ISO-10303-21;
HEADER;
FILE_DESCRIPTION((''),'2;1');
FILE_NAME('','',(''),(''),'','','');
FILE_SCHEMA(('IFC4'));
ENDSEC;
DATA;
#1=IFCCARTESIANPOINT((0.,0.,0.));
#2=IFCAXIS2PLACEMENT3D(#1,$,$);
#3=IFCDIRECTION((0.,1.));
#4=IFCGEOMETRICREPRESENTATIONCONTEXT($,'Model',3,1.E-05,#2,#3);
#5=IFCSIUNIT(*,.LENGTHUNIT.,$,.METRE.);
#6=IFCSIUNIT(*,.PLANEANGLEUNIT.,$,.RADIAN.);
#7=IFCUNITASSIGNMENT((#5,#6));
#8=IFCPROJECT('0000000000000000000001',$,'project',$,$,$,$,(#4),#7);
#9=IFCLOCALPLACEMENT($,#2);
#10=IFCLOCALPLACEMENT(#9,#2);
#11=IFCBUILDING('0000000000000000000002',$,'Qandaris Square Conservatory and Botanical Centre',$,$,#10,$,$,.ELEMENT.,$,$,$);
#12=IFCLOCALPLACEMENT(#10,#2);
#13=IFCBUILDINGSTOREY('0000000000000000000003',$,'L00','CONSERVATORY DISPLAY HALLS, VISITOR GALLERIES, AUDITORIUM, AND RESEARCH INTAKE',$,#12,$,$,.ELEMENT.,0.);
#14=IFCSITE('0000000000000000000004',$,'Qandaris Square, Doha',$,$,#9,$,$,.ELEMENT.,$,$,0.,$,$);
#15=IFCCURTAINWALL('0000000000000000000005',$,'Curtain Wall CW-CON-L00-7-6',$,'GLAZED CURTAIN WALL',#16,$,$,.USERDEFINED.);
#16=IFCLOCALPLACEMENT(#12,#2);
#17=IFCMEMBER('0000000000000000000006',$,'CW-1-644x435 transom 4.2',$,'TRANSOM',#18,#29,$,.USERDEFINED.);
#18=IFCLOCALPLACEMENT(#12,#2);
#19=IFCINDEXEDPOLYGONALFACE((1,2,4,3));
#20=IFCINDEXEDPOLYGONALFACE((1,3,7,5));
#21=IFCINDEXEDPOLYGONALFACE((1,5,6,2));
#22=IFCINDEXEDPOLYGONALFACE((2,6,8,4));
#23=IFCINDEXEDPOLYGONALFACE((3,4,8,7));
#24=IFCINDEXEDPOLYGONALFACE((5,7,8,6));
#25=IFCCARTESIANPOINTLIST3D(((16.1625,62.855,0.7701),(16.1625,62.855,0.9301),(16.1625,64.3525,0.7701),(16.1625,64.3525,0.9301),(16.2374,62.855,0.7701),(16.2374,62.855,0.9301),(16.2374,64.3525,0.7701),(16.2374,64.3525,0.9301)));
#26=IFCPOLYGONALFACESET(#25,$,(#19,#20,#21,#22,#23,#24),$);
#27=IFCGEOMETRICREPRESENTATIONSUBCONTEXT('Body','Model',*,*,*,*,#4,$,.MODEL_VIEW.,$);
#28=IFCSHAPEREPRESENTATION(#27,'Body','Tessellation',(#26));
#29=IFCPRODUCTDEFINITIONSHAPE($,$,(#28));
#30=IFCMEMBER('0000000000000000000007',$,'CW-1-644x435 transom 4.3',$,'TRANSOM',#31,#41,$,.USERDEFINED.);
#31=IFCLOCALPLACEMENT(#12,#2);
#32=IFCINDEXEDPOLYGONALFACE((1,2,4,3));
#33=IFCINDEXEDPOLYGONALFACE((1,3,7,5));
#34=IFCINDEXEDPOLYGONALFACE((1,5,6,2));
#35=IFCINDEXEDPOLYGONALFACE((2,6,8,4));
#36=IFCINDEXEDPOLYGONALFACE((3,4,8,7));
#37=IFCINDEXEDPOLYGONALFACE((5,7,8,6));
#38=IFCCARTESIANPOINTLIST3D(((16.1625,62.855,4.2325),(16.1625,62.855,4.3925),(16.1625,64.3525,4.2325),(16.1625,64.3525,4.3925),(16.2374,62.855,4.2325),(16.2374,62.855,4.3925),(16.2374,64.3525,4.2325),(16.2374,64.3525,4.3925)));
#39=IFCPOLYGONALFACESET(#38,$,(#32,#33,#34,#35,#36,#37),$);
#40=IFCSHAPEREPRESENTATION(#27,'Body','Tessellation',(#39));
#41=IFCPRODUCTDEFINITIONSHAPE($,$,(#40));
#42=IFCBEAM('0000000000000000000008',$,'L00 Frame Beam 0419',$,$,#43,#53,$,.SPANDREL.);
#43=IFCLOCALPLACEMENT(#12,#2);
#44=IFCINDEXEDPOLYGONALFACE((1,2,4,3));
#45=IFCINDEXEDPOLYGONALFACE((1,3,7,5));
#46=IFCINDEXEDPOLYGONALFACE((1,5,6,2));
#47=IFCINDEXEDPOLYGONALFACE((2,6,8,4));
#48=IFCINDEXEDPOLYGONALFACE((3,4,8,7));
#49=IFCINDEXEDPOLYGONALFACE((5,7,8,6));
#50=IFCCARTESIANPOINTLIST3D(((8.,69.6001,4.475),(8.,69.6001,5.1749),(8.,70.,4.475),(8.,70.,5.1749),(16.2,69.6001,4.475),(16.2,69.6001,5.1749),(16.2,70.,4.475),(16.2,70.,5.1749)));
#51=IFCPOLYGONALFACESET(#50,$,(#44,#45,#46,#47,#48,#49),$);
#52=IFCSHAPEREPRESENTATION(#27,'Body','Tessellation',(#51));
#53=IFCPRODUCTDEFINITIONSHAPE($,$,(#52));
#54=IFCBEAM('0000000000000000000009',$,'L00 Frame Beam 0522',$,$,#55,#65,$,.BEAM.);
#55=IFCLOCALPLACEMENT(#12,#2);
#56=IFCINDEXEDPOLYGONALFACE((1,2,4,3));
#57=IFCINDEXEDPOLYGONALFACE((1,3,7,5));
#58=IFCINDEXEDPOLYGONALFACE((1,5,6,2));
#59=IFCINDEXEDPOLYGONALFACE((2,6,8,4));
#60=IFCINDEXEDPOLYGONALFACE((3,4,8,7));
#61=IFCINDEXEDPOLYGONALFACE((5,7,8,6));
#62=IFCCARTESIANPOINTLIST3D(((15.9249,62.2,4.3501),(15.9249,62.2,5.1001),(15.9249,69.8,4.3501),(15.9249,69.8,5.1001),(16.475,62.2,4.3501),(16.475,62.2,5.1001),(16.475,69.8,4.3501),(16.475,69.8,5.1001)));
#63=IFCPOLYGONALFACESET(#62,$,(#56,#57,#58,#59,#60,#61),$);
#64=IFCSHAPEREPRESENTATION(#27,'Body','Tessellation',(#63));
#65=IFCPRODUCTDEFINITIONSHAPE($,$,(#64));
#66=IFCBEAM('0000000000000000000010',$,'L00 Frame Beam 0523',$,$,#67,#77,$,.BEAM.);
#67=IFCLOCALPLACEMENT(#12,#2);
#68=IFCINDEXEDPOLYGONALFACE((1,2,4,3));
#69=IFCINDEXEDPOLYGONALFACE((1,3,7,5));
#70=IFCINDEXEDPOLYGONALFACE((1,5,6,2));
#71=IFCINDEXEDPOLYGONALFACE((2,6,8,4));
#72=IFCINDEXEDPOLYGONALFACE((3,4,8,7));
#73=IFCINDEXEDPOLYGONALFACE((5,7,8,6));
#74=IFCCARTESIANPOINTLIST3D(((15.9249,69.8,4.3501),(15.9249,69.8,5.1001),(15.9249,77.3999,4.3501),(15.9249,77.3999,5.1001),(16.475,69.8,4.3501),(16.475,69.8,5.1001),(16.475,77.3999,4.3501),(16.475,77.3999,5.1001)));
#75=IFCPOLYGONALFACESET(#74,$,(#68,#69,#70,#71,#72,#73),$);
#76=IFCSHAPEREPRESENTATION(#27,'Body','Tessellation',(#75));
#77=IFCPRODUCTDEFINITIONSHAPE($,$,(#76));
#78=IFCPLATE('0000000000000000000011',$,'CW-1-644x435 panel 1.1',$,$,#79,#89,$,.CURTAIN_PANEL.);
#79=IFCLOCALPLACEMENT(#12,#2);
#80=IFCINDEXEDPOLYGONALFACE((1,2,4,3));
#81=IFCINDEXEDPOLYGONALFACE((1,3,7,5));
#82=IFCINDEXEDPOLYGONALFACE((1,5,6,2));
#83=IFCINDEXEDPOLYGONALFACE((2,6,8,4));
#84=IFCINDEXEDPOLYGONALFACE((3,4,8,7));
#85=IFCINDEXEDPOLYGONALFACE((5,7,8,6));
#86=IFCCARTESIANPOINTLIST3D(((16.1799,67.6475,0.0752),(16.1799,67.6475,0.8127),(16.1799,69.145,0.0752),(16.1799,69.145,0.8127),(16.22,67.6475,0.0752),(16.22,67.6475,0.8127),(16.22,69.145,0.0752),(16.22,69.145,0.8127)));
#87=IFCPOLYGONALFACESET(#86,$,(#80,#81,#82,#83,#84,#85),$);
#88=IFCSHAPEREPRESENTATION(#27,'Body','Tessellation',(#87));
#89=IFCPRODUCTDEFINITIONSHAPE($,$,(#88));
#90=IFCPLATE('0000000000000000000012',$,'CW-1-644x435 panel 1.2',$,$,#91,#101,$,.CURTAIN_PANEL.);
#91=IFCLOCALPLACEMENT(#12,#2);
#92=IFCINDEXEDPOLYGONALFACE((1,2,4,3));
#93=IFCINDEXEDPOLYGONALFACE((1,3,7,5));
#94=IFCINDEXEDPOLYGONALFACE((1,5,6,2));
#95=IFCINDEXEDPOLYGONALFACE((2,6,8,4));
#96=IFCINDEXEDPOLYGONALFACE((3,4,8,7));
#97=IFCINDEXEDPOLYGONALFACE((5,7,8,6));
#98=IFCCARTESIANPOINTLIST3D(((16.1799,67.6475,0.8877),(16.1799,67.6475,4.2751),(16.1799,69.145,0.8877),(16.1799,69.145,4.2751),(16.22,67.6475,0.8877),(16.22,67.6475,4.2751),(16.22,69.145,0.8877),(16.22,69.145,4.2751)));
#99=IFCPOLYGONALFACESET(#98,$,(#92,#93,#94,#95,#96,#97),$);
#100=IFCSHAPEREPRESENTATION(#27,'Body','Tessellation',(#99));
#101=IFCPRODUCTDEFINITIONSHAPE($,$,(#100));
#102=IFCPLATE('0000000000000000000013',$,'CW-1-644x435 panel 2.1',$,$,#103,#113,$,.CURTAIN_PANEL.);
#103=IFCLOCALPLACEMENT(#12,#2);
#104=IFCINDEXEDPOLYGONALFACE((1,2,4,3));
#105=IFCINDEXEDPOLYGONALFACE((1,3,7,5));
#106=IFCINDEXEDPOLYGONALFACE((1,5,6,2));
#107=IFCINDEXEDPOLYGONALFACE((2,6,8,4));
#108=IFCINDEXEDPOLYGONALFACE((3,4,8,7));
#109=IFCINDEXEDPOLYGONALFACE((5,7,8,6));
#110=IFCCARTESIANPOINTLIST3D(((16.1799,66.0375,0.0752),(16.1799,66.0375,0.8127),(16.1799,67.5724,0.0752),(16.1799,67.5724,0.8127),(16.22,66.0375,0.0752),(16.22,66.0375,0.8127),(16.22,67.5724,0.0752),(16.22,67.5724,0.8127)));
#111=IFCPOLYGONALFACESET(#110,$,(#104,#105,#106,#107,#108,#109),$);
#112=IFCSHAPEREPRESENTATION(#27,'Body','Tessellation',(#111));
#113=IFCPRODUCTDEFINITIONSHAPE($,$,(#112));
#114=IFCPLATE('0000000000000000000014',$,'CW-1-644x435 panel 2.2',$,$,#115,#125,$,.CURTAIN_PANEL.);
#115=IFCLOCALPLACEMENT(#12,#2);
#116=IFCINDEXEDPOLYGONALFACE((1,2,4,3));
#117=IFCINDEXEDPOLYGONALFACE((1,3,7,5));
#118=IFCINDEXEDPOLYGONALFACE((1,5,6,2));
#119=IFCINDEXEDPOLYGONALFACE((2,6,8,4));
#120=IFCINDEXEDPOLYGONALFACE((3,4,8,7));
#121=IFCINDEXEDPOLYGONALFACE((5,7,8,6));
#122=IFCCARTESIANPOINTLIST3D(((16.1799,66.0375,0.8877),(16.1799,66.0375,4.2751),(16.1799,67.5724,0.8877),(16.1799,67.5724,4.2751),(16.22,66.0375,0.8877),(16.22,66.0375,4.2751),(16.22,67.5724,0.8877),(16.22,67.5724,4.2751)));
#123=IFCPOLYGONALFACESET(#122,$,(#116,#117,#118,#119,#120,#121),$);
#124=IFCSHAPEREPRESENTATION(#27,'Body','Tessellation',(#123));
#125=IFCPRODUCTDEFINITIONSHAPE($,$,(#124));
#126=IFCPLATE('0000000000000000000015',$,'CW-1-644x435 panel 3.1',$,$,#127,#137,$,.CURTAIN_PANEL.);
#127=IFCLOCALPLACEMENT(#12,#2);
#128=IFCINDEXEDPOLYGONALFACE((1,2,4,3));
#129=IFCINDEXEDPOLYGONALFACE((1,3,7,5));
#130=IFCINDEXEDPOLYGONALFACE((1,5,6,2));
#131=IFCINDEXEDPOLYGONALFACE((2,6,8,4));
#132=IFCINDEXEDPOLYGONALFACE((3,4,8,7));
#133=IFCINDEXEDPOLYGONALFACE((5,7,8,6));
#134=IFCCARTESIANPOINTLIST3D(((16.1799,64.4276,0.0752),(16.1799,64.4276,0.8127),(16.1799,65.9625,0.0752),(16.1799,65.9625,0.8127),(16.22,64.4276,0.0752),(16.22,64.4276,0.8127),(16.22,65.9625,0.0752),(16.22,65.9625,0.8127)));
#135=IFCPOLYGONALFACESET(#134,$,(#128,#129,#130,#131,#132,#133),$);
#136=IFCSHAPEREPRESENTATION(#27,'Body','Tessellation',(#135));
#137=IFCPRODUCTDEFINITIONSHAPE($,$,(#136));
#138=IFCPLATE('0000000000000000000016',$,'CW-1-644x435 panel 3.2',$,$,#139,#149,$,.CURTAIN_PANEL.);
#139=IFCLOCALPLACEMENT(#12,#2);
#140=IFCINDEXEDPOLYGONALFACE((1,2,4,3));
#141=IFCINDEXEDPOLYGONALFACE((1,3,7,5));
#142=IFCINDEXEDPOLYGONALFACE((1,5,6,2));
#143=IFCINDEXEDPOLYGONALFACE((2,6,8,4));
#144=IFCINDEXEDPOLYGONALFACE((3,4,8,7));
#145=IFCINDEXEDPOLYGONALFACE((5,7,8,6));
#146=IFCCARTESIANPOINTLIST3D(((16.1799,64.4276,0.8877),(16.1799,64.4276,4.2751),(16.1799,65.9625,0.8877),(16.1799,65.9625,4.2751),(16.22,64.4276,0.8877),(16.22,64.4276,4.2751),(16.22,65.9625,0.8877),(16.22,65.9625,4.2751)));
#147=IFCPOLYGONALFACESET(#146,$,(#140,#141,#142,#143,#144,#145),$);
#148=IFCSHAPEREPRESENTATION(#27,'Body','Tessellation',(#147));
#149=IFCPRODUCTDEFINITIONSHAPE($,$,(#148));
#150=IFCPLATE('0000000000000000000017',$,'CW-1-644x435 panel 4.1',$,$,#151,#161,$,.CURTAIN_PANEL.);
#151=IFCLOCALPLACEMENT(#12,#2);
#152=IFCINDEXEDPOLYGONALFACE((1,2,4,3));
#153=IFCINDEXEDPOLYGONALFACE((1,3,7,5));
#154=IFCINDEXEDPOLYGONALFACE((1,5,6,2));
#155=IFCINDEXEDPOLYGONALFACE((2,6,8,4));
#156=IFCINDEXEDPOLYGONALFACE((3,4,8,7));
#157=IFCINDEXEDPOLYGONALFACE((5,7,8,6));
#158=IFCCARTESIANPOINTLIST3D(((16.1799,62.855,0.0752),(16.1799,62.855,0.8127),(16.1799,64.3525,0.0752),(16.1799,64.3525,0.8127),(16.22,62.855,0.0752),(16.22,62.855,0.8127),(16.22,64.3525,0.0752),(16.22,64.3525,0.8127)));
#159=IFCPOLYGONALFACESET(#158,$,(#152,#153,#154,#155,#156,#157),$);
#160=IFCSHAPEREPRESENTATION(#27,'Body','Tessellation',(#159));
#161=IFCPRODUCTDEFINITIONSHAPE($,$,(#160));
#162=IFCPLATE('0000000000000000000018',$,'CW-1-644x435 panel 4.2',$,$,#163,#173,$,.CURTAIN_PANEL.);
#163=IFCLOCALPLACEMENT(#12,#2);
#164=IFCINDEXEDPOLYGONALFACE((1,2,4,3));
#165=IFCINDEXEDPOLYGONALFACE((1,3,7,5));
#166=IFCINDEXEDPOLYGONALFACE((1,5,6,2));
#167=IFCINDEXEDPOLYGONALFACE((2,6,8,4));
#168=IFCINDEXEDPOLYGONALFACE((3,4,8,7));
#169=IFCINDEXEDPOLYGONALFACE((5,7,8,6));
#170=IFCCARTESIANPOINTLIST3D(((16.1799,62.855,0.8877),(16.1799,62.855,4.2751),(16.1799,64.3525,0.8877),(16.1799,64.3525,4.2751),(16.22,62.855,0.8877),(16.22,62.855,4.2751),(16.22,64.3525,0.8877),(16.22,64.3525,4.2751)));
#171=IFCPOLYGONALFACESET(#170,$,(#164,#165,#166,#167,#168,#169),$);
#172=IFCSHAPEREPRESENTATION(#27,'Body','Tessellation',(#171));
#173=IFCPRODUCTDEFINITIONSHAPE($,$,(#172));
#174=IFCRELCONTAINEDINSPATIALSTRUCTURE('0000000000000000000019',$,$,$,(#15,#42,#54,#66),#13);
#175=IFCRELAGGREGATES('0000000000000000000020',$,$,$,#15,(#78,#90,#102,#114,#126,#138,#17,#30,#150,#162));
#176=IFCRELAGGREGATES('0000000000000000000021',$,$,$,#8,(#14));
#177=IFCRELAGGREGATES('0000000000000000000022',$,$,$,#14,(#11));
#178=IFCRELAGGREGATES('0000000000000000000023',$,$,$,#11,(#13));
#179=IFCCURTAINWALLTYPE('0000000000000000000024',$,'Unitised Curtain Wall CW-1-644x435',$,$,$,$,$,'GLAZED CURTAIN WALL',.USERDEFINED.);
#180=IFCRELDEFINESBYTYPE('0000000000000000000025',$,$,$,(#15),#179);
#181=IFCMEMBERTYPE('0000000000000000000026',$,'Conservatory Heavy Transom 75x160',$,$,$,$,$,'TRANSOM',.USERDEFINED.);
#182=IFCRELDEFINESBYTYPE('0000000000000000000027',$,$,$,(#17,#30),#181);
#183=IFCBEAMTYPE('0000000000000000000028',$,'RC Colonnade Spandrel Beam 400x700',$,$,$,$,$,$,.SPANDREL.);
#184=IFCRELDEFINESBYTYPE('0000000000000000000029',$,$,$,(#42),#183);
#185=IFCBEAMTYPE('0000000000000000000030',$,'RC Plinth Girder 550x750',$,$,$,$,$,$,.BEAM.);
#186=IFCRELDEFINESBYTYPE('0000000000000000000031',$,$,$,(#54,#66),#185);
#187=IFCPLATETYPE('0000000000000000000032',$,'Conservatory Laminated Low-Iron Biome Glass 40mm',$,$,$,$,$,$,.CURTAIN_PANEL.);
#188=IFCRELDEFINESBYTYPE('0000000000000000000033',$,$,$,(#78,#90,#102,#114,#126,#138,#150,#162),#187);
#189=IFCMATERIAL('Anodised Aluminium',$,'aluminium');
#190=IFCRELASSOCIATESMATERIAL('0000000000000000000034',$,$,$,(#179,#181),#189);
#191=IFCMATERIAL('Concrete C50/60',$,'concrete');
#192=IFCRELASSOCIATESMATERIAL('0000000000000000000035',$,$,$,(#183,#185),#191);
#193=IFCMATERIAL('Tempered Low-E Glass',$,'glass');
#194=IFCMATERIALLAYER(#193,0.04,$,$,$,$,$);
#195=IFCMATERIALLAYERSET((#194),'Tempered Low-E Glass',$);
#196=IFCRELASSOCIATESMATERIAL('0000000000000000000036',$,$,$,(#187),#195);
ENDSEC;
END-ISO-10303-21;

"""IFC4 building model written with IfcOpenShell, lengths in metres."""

from ifc_helpers import new_model, si_unit, direction, frame, origin, origin_2d, place, context, subcontext, project, spatial, rectangle, extrude, material, layer, layer_set, material_profile, profile_set, type_object, element, aggregate, save


model = new_model("IFC4")

# Units and contexts
model_context = context("Model", 3, precision=1e-05, world=origin(), true_north=direction((0.0, 1.0)))
body_context = subcontext(model_context, "Body", "Model", "MODEL_VIEW")
ifc_project = project(units=[si_unit("LENGTHUNIT", "METRE"), si_unit("PLANEANGLEUNIT", "RADIAN")], contexts=[model_context])

# Site, building, storey
site_placement = place(None, origin())
site = spatial("IfcSite", under=ifc_project, at=site_placement, Name="Qandaris Square, Doha", CompositionType="ELEMENT", RefElevation=0.0)
building_placement = place(site_placement, origin())
building = spatial("IfcBuilding", under=site, at=building_placement, Name="Qandaris Square Conservatory and Botanical Centre", CompositionType="ELEMENT")
storey_placement = place(building_placement, origin())
storey = spatial("IfcBuildingStorey", under=building, at=storey_placement, Name="L00", Description="CONSERVATORY DISPLAY HALLS, VISITOR GALLERIES, AUDITORIUM, AND RESEARCH INTAKE", CompositionType="ELEMENT", Elevation=0.0)

# Shared definitions
ifc_material_1 = material(Name="Concrete C50/60", Category="concrete")

# Curtain wall, members
ifc_material_2 = material(Name="Anodised Aluminium", Category="aluminium")
curtain_wall_type = type_object("IfcCurtainWallType", Name="Unitised Curtain Wall CW-1-644x435", ElementType="GLAZED CURTAIN WALL", PredefinedType="USERDEFINED", material=ifc_material_2)
curtain_wall_placement = place(storey_placement, origin())
curtain_wall = element("IfcCurtainWall", 1, at=curtain_wall_placement, inside=storey, type_object=curtain_wall_type, Name="Curtain Wall CW-CON-L00-7-6", ObjectType="GLAZED CURTAIN WALL", PredefinedType="USERDEFINED")
ifc_material_profile_1 = material_profile(ifc_material_2, rectangle(XDim=0.075, YDim=0.1599, at=origin_2d()), Name="ALU-TRN 75x160")
ifc_profile_set_1 = profile_set([ifc_material_profile_1], Name="Anodised Aluminium")
member_type_1 = type_object("IfcMemberType", Name="Conservatory Heavy Transom 75x160", ElementType="TRANSOM", PredefinedType="USERDEFINED", material=ifc_profile_set_1)
member_1_placement = place(storey_placement, frame((16.2, 64.3525, 0.8501), z_axis=(0.0, -1.0, 0.0), x_axis=(1.0, 0.0, 0.0)))
member_1 = element("IfcMember", 2, at=member_1_placement, type_object=member_type_1, Name="CW-1-644x435 transom 4.2", ObjectType="TRANSOM", PredefinedType="USERDEFINED", context=body_context, shape_type="SweptSolid", body=[
    extrude(rectangle(XDim=0.075, YDim=0.1599, at=origin_2d()), origin(), (0.0, 0.0, 1.0), 1.4976),
])
member_2_placement = place(storey_placement, frame((16.2, 64.3525, 4.3125), z_axis=(0.0, -1.0, 0.0), x_axis=(1.0, 0.0, 0.0)))
member_2 = element("IfcMember", 3, at=member_2_placement, type_object=member_type_1, Name="CW-1-644x435 transom 4.3", ObjectType="TRANSOM", PredefinedType="USERDEFINED", context=body_context, shape_type="SweptSolid", body=[
    extrude(rectangle(XDim=0.075, YDim=0.1599, at=origin_2d()), origin(), (0.0, 0.0, 1.0), 1.4976),
])

# Beams
ifc_material_profile_2 = material_profile(ifc_material_1, rectangle(XDim=0.3999, YDim=0.7, at=origin_2d()), Name="RC-SP 400x700")
ifc_profile_set_2 = profile_set([ifc_material_profile_2], Name="Concrete C50/60")
beam_type_1 = type_object("IfcBeamType", Name="RC Colonnade Spandrel Beam 400x700", PredefinedType="SPANDREL", material=ifc_profile_set_2)
beam_1_placement = place(storey_placement, frame((8.0, 69.8, 4.825), z_axis=(1.0, 0.0, 0.0), x_axis=(0.0, 1.0, 0.0)))
element("IfcBeam", 4, at=beam_1_placement, inside=storey, type_object=beam_type_1, Name="L00 Frame Beam 0419", PredefinedType="SPANDREL", context=body_context, shape_type="SweptSolid", body=[
    extrude(rectangle(XDim=0.3999, YDim=0.7, at=origin_2d()), origin(), (0.0, 0.0, 1.0), 8.2),
])
ifc_material_profile_3 = material_profile(ifc_material_1, rectangle(XDim=0.55, YDim=0.75, at=origin_2d()), Name="RC-BM 550x750")
ifc_profile_set_3 = profile_set([ifc_material_profile_3], Name="Concrete C50/60")
beam_type_2 = type_object("IfcBeamType", Name="RC Plinth Girder 550x750", PredefinedType="BEAM", material=ifc_profile_set_3)
beam_2_placement = place(storey_placement, frame((16.2, 62.2, 4.7251), z_axis=(0.0, 1.0, 0.0), x_axis=(-1.0, 0.0, 0.0)))
element("IfcBeam", 5, at=beam_2_placement, inside=storey, type_object=beam_type_2, Name="L00 Frame Beam 0522", PredefinedType="BEAM", context=body_context, shape_type="SweptSolid", body=[
    extrude(rectangle(XDim=0.55, YDim=0.75, at=origin_2d()), origin(), (0.0, 0.0, 1.0), 7.6001),
])
beam_3_placement = place(storey_placement, frame((16.2, 69.8, 4.7251), z_axis=(0.0, 1.0, 0.0), x_axis=(-1.0, 0.0, 0.0)))
element("IfcBeam", 6, at=beam_3_placement, inside=storey, type_object=beam_type_2, Name="L00 Frame Beam 0523", PredefinedType="BEAM", context=body_context, shape_type="SweptSolid", body=[
    extrude(rectangle(XDim=0.55, YDim=0.75, at=origin_2d()), origin(), (0.0, 0.0, 1.0), 7.5999),
])

# Plates
ifc_material_3 = material(Name="Tempered Low-E Glass", Category="glass")
ifc_layer = layer(ifc_material_3, 0.04)
ifc_layer_set = layer_set([ifc_layer], Name="Tempered Low-E Glass")
plate_type = type_object("IfcPlateType", Name="Conservatory Laminated Low-Iron Biome Glass 40mm", PredefinedType="CURTAIN_PANEL", material=ifc_layer_set)
plate_1_placement = place(storey_placement, frame((16.2, 68.3962, 0.0752), z_axis=(0.0, 0.0, 1.0), x_axis=(0.0, -1.0, 0.0)))
plate_1 = element("IfcPlate", 7, at=plate_1_placement, type_object=plate_type, Name="CW-1-644x435 panel 1.1", PredefinedType="CURTAIN_PANEL", context=body_context, shape_type="SweptSolid", body=[
    extrude(rectangle(XDim=1.4976, YDim=0.04, at=origin_2d()), origin(), (0.0, 0.0, 1.0), 0.7375),
])
plate_2_placement = place(storey_placement, frame((16.2, 68.3962, 0.8877), z_axis=(0.0, 0.0, 1.0), x_axis=(0.0, -1.0, 0.0)))
plate_2 = element("IfcPlate", 8, at=plate_2_placement, type_object=plate_type, Name="CW-1-644x435 panel 1.2", PredefinedType="CURTAIN_PANEL", context=body_context, shape_type="SweptSolid", body=[
    extrude(rectangle(XDim=1.4976, YDim=0.04, at=origin_2d()), origin(), (0.0, 0.0, 1.0), 3.3875),
])
plate_3_placement = place(storey_placement, frame((16.2, 66.8049, 0.0752), z_axis=(0.0, 0.0, 1.0), x_axis=(0.0, -1.0, 0.0)))
plate_3 = element("IfcPlate", 9, at=plate_3_placement, type_object=plate_type, Name="CW-1-644x435 panel 2.1", PredefinedType="CURTAIN_PANEL", context=body_context, shape_type="SweptSolid", body=[
    extrude(rectangle(XDim=1.5349, YDim=0.04, at=origin_2d()), origin(), (0.0, 0.0, 1.0), 0.7375),
])
plate_4_placement = place(storey_placement, frame((16.2, 66.8049, 0.8877), z_axis=(0.0, 0.0, 1.0), x_axis=(0.0, -1.0, 0.0)))
plate_4 = element("IfcPlate", 10, at=plate_4_placement, type_object=plate_type, Name="CW-1-644x435 panel 2.2", PredefinedType="CURTAIN_PANEL", context=body_context, shape_type="SweptSolid", body=[
    extrude(rectangle(XDim=1.5349, YDim=0.04, at=origin_2d()), origin(), (0.0, 0.0, 1.0), 3.3875),
])
plate_5_placement = place(storey_placement, frame((16.2, 65.1951, 0.0752), z_axis=(0.0, 0.0, 1.0), x_axis=(0.0, -1.0, 0.0)))
plate_5 = element("IfcPlate", 11, at=plate_5_placement, type_object=plate_type, Name="CW-1-644x435 panel 3.1", PredefinedType="CURTAIN_PANEL", context=body_context, shape_type="SweptSolid", body=[
    extrude(rectangle(XDim=1.5349, YDim=0.04, at=origin_2d()), origin(), (0.0, 0.0, 1.0), 0.7375),
])
plate_6_placement = place(storey_placement, frame((16.2, 65.1951, 0.8877), z_axis=(0.0, 0.0, 1.0), x_axis=(0.0, -1.0, 0.0)))
plate_6 = element("IfcPlate", 12, at=plate_6_placement, type_object=plate_type, Name="CW-1-644x435 panel 3.2", PredefinedType="CURTAIN_PANEL", context=body_context, shape_type="SweptSolid", body=[
    extrude(rectangle(XDim=1.5349, YDim=0.04, at=origin_2d()), origin(), (0.0, 0.0, 1.0), 3.3875),
])
plate_7_placement = place(storey_placement, frame((16.2, 63.6038, 0.0752), z_axis=(0.0, 0.0, 1.0), x_axis=(0.0, -1.0, 0.0)))
plate_7 = element("IfcPlate", 13, at=plate_7_placement, type_object=plate_type, Name="CW-1-644x435 panel 4.1", PredefinedType="CURTAIN_PANEL", context=body_context, shape_type="SweptSolid", body=[
    extrude(rectangle(XDim=1.4976, YDim=0.04, at=origin_2d()), origin(), (0.0, 0.0, 1.0), 0.7375),
])
plate_8_placement = place(storey_placement, frame((16.2, 63.6038, 0.8877), z_axis=(0.0, 0.0, 1.0), x_axis=(0.0, -1.0, 0.0)))
plate_8 = element("IfcPlate", 14, at=plate_8_placement, type_object=plate_type, Name="CW-1-644x435 panel 4.2", PredefinedType="CURTAIN_PANEL", context=body_context, shape_type="SweptSolid", body=[
    extrude(rectangle(XDim=1.4976, YDim=0.04, at=origin_2d()), origin(), (0.0, 0.0, 1.0), 3.3875),
])
aggregate(curtain_wall, [plate_1, plate_2, plate_3, plate_4, plate_5, plate_6, member_1, member_2, plate_7, plate_8])

save(model, "model.ifc")
